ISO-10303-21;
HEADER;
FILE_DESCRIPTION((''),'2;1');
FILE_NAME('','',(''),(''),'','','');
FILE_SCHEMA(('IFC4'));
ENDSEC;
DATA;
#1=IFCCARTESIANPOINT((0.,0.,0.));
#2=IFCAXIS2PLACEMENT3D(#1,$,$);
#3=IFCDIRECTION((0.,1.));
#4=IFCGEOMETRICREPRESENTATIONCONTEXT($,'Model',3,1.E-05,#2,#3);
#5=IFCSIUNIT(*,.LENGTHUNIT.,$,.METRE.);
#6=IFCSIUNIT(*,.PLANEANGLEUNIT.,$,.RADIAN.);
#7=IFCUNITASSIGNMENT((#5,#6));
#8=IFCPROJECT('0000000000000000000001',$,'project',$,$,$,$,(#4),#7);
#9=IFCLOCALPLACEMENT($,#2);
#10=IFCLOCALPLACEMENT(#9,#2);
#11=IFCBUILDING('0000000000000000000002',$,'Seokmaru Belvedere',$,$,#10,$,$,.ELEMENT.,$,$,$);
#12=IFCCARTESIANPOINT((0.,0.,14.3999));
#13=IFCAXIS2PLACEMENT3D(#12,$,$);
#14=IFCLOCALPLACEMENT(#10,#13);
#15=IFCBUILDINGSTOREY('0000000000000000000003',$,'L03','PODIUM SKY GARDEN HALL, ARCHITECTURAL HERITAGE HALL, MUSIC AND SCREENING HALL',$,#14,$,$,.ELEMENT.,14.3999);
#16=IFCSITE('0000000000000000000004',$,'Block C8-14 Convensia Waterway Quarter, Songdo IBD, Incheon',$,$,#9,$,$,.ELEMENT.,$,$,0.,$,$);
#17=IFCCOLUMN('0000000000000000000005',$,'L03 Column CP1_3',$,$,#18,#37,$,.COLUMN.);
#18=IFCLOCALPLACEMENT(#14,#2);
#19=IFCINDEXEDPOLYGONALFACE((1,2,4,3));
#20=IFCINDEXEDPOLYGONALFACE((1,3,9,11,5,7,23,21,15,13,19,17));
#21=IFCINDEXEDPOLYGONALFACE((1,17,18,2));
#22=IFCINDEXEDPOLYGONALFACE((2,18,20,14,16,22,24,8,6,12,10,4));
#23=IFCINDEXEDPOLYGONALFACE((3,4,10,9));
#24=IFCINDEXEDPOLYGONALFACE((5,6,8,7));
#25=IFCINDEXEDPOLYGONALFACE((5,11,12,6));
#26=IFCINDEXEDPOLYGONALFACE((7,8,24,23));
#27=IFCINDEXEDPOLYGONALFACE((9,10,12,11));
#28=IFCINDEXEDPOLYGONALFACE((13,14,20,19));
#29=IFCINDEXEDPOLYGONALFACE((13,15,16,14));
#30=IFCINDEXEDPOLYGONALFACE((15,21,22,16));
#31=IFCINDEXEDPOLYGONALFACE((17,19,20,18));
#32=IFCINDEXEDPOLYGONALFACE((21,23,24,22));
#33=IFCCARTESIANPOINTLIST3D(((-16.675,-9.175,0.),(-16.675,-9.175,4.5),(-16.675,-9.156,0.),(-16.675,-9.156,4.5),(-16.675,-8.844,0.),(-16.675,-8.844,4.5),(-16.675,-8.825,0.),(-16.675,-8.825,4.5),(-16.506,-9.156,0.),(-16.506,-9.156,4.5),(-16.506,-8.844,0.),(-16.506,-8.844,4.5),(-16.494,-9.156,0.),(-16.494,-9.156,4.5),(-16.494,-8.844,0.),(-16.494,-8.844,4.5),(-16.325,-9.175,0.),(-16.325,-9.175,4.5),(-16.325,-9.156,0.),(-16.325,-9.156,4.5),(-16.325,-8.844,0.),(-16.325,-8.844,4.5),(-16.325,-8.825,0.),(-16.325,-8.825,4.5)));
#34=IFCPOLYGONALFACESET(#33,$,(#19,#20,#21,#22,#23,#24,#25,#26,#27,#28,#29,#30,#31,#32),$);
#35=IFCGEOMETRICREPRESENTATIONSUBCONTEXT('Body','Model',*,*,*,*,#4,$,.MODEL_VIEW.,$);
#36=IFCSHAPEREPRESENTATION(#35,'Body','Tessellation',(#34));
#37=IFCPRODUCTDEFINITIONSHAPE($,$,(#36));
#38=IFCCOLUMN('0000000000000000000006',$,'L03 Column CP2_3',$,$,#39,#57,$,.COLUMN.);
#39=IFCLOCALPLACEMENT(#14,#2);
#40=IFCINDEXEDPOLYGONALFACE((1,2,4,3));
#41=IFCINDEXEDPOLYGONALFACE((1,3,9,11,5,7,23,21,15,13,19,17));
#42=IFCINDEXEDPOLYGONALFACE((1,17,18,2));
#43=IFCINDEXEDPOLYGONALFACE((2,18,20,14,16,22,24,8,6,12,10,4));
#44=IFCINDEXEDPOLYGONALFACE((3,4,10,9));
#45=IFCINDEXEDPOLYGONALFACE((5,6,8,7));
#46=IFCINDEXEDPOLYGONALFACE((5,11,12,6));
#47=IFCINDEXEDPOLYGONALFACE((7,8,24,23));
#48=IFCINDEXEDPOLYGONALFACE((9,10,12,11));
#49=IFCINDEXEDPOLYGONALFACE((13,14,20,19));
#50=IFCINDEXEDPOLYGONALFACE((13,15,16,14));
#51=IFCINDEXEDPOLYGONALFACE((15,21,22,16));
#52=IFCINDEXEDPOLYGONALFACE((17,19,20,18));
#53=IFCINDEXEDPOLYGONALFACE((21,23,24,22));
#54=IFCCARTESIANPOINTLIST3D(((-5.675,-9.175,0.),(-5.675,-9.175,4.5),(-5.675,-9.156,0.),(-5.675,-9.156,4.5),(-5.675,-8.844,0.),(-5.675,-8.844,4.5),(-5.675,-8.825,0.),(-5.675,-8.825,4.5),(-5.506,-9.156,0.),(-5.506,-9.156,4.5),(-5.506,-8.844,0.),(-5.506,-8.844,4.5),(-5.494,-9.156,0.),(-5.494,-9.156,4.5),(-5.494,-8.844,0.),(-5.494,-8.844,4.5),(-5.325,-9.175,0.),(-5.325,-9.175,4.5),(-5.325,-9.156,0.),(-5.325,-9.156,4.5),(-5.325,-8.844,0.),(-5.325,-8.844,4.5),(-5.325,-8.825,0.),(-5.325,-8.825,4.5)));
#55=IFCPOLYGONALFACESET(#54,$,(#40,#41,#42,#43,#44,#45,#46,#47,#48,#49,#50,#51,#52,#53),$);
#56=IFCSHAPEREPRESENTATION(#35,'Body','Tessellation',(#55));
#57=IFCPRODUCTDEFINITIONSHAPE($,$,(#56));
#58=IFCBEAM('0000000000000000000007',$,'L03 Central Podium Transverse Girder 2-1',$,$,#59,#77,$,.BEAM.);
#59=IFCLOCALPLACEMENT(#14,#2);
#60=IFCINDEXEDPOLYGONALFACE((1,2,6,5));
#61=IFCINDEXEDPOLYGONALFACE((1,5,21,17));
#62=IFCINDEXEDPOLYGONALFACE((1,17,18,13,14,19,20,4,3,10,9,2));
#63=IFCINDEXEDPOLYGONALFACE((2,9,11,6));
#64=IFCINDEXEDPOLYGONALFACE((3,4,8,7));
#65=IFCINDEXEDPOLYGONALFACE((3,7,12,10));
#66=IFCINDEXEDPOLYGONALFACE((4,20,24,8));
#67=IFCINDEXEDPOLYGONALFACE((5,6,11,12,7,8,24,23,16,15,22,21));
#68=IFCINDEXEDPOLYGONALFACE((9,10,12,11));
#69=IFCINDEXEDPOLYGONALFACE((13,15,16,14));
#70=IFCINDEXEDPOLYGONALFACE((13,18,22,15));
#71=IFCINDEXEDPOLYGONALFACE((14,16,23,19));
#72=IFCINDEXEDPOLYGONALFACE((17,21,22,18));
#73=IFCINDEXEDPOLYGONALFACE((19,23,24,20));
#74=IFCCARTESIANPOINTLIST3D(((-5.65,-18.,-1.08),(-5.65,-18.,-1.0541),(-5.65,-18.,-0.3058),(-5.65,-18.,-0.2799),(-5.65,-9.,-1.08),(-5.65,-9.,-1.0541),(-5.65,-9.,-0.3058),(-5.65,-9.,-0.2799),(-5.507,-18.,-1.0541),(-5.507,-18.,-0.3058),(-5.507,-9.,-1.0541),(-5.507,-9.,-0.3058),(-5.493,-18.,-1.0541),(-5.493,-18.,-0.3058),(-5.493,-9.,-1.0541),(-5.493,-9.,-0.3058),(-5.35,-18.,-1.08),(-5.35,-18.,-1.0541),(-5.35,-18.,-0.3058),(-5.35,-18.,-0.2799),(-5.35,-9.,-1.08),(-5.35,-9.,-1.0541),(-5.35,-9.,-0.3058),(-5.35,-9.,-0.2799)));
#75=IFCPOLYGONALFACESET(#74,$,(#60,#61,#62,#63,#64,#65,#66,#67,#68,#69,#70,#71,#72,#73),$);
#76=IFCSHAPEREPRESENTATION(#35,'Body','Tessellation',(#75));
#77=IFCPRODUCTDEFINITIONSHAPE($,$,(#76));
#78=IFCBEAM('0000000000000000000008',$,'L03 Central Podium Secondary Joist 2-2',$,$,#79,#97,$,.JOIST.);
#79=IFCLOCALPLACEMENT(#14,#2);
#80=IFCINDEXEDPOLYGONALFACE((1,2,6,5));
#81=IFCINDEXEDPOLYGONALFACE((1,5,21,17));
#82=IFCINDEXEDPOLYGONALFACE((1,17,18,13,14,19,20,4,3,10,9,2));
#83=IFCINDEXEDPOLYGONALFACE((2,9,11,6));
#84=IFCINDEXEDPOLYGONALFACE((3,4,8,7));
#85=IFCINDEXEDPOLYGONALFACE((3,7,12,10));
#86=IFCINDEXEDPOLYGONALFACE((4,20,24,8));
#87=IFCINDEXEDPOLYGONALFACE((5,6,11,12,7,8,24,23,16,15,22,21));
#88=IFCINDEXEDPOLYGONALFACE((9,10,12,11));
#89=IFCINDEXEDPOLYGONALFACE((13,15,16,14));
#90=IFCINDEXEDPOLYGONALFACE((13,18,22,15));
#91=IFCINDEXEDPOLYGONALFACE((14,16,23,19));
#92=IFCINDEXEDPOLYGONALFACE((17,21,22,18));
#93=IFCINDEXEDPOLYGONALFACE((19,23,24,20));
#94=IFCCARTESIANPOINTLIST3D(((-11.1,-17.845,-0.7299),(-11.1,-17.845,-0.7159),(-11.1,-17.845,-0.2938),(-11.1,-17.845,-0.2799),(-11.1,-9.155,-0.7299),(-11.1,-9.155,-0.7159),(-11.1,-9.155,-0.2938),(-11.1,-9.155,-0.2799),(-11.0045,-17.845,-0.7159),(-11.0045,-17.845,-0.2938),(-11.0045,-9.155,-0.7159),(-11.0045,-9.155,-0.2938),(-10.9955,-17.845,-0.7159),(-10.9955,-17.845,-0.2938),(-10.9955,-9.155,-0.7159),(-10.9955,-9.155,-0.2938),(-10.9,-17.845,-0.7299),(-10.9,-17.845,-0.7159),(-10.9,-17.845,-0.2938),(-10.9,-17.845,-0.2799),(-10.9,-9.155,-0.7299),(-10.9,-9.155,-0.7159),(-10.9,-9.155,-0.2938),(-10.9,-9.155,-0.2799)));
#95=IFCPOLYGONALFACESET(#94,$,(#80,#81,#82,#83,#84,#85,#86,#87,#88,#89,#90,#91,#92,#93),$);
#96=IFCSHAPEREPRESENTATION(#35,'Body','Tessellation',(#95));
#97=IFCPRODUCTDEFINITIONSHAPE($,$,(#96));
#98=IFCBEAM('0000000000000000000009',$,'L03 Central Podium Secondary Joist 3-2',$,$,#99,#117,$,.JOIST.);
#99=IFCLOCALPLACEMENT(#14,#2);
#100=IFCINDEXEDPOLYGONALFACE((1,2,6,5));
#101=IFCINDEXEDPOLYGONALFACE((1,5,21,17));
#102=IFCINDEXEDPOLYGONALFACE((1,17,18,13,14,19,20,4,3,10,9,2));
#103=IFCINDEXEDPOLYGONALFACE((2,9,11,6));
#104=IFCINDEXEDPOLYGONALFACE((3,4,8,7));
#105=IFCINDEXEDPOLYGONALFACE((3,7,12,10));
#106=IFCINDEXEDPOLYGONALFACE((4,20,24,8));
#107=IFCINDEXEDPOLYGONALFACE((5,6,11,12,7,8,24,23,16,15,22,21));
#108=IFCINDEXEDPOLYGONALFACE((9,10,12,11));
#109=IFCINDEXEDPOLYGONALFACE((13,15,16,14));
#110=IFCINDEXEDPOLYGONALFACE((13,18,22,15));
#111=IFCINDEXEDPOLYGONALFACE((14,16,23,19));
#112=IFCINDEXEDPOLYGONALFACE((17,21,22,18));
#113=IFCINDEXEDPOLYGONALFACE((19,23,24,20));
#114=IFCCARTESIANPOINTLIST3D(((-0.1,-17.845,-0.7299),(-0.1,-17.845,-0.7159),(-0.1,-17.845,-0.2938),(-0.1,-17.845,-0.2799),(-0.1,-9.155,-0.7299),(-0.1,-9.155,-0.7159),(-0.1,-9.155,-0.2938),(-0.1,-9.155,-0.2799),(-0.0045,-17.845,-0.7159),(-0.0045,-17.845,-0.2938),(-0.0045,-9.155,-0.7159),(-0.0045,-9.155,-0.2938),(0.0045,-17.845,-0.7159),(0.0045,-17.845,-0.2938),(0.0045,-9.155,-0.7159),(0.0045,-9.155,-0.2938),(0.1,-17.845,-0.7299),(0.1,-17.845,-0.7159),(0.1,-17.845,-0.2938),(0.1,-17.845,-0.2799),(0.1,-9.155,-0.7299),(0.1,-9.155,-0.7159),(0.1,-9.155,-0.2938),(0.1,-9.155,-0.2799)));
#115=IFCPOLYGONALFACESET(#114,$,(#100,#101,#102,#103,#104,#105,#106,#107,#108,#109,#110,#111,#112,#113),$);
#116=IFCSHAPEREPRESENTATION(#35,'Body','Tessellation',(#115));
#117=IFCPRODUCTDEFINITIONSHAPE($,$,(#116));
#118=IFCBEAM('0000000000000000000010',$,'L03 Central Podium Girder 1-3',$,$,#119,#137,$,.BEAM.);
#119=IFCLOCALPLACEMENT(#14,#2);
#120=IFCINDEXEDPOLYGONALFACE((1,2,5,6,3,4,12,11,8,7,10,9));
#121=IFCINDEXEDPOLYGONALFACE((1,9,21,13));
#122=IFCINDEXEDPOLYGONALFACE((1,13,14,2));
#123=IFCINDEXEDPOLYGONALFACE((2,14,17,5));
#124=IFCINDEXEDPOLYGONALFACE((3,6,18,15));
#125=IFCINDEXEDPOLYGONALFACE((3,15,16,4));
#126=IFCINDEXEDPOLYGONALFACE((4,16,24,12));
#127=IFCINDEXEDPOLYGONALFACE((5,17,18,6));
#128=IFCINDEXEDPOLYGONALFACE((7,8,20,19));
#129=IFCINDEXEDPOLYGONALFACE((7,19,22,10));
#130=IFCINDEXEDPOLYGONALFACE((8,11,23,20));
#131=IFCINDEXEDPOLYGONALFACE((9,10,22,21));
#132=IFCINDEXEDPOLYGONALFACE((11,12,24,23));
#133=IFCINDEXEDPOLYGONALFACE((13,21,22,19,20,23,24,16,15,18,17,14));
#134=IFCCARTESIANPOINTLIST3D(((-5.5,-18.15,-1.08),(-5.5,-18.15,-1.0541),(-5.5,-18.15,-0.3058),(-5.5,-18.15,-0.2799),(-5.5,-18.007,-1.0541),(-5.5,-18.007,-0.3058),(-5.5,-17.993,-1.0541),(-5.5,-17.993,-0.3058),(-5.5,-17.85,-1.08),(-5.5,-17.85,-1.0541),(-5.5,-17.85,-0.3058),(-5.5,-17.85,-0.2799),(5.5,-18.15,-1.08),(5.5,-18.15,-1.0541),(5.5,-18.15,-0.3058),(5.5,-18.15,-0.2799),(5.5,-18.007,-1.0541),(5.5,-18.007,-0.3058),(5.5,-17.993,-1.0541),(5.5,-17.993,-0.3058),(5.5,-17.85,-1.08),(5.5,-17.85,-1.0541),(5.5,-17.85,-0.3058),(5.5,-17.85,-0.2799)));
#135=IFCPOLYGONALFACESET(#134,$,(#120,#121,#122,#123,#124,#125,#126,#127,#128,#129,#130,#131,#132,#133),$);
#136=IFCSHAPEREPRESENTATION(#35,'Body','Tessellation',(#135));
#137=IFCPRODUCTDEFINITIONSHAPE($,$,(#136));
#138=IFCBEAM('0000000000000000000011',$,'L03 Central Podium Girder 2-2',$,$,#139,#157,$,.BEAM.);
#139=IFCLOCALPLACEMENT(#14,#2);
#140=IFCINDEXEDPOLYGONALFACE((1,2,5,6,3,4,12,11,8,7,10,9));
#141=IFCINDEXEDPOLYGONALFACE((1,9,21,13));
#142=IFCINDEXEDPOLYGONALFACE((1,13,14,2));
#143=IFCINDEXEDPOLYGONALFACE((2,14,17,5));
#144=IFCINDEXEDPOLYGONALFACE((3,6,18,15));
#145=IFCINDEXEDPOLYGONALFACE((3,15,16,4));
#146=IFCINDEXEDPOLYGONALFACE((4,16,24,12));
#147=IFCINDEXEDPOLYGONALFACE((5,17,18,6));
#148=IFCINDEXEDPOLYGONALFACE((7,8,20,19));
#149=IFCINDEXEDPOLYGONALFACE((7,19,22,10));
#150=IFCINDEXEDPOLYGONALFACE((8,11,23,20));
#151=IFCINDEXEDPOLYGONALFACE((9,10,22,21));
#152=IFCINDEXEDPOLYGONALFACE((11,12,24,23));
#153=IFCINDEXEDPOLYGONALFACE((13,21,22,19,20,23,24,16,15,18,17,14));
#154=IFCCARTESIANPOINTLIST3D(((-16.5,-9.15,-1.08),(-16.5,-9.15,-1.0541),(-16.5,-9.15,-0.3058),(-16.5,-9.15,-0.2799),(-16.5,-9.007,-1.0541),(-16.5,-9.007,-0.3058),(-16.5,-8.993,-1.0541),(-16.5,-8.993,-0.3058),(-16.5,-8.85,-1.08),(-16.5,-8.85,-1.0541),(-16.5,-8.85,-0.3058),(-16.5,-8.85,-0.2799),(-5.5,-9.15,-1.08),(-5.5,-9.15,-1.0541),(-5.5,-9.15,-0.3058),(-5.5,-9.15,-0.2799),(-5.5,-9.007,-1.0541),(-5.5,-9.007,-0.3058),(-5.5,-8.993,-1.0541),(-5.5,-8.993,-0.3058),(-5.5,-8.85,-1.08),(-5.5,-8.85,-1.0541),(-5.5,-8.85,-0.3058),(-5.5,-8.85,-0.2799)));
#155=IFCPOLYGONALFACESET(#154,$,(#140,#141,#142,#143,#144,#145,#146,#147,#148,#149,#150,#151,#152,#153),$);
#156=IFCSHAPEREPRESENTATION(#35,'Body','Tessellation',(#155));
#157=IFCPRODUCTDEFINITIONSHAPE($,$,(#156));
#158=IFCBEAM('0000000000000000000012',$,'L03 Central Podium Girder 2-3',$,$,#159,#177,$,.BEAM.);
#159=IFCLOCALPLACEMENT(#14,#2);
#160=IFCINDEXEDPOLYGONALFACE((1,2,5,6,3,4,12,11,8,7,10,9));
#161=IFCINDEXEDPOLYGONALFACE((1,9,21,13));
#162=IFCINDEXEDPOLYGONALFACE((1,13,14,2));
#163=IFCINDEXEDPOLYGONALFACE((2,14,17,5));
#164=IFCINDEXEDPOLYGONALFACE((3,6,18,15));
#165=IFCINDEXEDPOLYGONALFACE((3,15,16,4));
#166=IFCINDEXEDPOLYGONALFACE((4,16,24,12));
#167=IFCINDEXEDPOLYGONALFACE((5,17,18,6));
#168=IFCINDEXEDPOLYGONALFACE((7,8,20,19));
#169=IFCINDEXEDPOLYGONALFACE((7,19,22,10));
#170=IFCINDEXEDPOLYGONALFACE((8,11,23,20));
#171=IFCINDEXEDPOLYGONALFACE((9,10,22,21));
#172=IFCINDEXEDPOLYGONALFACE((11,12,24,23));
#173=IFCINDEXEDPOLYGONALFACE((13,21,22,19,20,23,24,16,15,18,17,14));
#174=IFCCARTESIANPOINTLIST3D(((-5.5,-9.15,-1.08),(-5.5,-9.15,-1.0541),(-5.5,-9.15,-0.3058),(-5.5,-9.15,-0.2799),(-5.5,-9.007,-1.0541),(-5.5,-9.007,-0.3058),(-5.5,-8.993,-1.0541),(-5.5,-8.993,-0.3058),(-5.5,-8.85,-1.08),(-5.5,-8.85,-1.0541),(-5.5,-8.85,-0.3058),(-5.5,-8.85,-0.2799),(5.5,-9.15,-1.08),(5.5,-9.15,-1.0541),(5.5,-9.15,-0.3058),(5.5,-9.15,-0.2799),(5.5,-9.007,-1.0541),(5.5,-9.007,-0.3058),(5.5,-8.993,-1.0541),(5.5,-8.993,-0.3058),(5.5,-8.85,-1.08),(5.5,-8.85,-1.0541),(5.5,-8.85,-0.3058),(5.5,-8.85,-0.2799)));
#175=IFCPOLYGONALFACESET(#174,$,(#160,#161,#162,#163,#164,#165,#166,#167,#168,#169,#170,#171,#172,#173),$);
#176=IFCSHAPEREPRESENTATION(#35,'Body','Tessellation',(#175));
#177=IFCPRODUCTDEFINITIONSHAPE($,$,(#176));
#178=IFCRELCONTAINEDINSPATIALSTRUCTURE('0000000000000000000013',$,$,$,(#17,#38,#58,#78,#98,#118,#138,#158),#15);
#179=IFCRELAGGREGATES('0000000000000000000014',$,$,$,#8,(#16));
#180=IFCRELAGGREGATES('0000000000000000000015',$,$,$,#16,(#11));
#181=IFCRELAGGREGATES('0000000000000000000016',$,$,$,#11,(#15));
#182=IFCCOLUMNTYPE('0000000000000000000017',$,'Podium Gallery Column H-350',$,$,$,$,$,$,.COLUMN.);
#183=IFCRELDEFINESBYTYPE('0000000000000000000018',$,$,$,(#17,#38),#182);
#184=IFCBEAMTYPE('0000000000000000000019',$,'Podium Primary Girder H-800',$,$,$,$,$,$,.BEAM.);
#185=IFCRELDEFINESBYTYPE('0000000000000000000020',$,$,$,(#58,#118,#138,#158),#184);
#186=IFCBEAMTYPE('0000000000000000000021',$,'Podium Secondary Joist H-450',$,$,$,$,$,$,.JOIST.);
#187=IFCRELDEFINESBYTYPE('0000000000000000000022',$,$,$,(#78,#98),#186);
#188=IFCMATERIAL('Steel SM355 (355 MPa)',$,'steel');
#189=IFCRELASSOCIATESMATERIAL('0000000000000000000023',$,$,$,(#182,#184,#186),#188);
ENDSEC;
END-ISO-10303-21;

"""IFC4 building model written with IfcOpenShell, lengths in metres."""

from ifc_helpers import new_model, si_unit, direction, frame, origin, origin_2d, place, context, subcontext, project, spatial, i_section, extrude, source, transform, mapped, material, material_profile, profile_set, type_object, type_shapes, element, save


model = new_model("IFC4")

# Units and contexts
model_context = context("Model", 3, precision=1e-05, world=origin(), true_north=direction((0.0, 1.0)))
body_context = subcontext(model_context, "Body", "Model", "MODEL_VIEW")
ifc_project = project(units=[si_unit("LENGTHUNIT", "METRE"), si_unit("PLANEANGLEUNIT", "RADIAN")], contexts=[model_context])

# Site, building, storey
site_placement = place(None, origin())
site = spatial("IfcSite", under=ifc_project, at=site_placement, Name="Block C8-14 Convensia Waterway Quarter, Songdo IBD, Incheon", CompositionType="ELEMENT", RefElevation=0.0)
building_placement = place(site_placement, origin())
building = spatial("IfcBuilding", under=site, at=building_placement, Name="Seokmaru Belvedere", CompositionType="ELEMENT")
storey_placement = place(building_placement, frame((0.0, 0.0, 14.3999)))
storey = spatial("IfcBuildingStorey", under=building, at=storey_placement, Name="L03", Description="PODIUM SKY GARDEN HALL, ARCHITECTURAL HERITAGE HALL, MUSIC AND SCREENING HALL", CompositionType="ELEMENT", Elevation=14.3999)

# Columns
ifc_material_1 = material(Name="Steel SM355 (355 MPa)", Category="steel")
ifc_material_profile_1 = material_profile(ifc_material_1, i_section(OverallWidth=0.3501, OverallDepth=0.3501, WebThickness=0.012, FlangeThickness=0.019, at=origin_2d()), Name="H-350x350x12x19")
ifc_profile_set_1 = profile_set([ifc_material_profile_1], Name="Steel SM355 (355 MPa)")
column_type = type_object("IfcColumnType", Name="Podium Gallery Column H-350", PredefinedType="COLUMN", material=ifc_profile_set_1)
shared_shape_1 = source(origin(), body_context, "Body", "SweptSolid", [
    extrude(i_section(OverallWidth=0.3501, OverallDepth=0.3501, WebThickness=0.012, FlangeThickness=0.019, at=origin_2d()), origin(), (0.0, 0.0, 1.0), 4.5),
])
type_shapes(column_type, [shared_shape_1])
for number, where, z_axis, x_axis, name in (
    (1, (-16.5, -9.0, 0.0), (0.0, 0.0, 1.0), (1.0, 0.0, 0.0), "L03 Column CP1_3"),
    (2, (-5.5, -9.0, 0.0), (0.0, 0.0, 1.0), (1.0, 0.0, 0.0), "L03 Column CP2_3"),
):
    element("IfcColumn", number, at=place(storey_placement, frame(where, z_axis=z_axis, x_axis=x_axis)), inside=storey, type_object=column_type, Name=name, PredefinedType="COLUMN", context=body_context, shape_type="MappedRepresentation", body=[
        mapped(shared_shape_1, transform((0.0, 0.0, 0.0), scale=1.0)),
    ])

# Beams
ifc_material_profile_2 = material_profile(ifc_material_1, i_section(OverallWidth=0.3, OverallDepth=0.8, WebThickness=0.0139, FlangeThickness=0.0259, at=origin_2d()), Name="H-800x300x14x26")
ifc_profile_set_2 = profile_set([ifc_material_profile_2], Name="Steel SM355 (355 MPa)")
beam_type_1 = type_object("IfcBeamType", Name="Podium Primary Girder H-800", PredefinedType="BEAM", material=ifc_profile_set_2)
shared_shape_2 = source(origin(), body_context, "Body", "SweptSolid", [
    extrude(i_section(OverallWidth=0.3, OverallDepth=0.8, WebThickness=0.0139, FlangeThickness=0.0259, at=origin_2d()), origin(), (0.0, 0.0, 1.0), 9.0),
])
beam_1_placement = place(storey_placement, frame((-5.5, -18.0, -0.6799), z_axis=(0.0, 1.0, 0.0), x_axis=(-1.0, 0.0, 0.0)))
element("IfcBeam", 3, at=beam_1_placement, inside=storey, type_object=beam_type_1, Name="L03 Central Podium Transverse Girder 2-1", PredefinedType="BEAM", context=body_context, shape_type="MappedRepresentation", body=[
    mapped(shared_shape_2, transform((0.0, 0.0, 0.0), scale=1.0)),
])
ifc_material_profile_3 = material_profile(ifc_material_1, i_section(OverallWidth=0.2, OverallDepth=0.45, WebThickness=0.009, FlangeThickness=0.0139, at=origin_2d()), Name="H-450x200x9x14")
ifc_profile_set_3 = profile_set([ifc_material_profile_3], Name="Steel SM355 (355 MPa)")
beam_type_2 = type_object("IfcBeamType", Name="Podium Secondary Joist H-450", PredefinedType="JOIST", material=ifc_profile_set_3)
shared_shape_3 = source(origin(), body_context, "Body", "SweptSolid", [
    extrude(i_section(OverallWidth=0.2, OverallDepth=0.45, WebThickness=0.009, FlangeThickness=0.0139, at=origin_2d()), origin(), (0.0, 0.0, 1.0), 8.6899),
])
type_shapes(beam_type_2, [shared_shape_3])
for number, where, z_axis, x_axis, name in (
    (4, (-11.0, -17.845, -0.5049), (0.0, 1.0, 0.0), (-1.0, 0.0, 0.0), "L03 Central Podium Secondary Joist 2-2"),
    (5, (0.0, -17.845, -0.5049), (0.0, 1.0, 0.0), (-1.0, 0.0, 0.0), "L03 Central Podium Secondary Joist 3-2"),
):
    element("IfcBeam", number, at=place(storey_placement, frame(where, z_axis=z_axis, x_axis=x_axis)), inside=storey, type_object=beam_type_2, Name=name, PredefinedType="JOIST", context=body_context, shape_type="MappedRepresentation", body=[
        mapped(shared_shape_3, transform((0.0, 0.0, 0.0), scale=1.0)),
    ])
shared_shape_4 = source(origin(), body_context, "Body", "SweptSolid", [
    extrude(i_section(OverallWidth=0.3, OverallDepth=0.8, WebThickness=0.0139, FlangeThickness=0.0259, at=origin_2d()), origin(), (0.0, 0.0, 1.0), 11.0),
])
type_shapes(beam_type_1, [shared_shape_2, shared_shape_4])
for number, where, z_axis, x_axis, name in (
    (6, (-5.5, -18.0, -0.6799), (1.0, 0.0, 0.0), (0.0, 1.0, 0.0), "L03 Central Podium Girder 1-3"),
    (7, (-16.5, -9.0, -0.6799), (1.0, 0.0, 0.0), (0.0, 1.0, 0.0), "L03 Central Podium Girder 2-2"),
    (8, (-5.5, -9.0, -0.6799), (1.0, 0.0, 0.0), (0.0, 1.0, 0.0), "L03 Central Podium Girder 2-3"),
):
    element("IfcBeam", number, at=place(storey_placement, frame(where, z_axis=z_axis, x_axis=x_axis)), inside=storey, type_object=beam_type_1, Name=name, PredefinedType="BEAM", context=body_context, shape_type="MappedRepresentation", body=[
        mapped(shared_shape_4, transform((0.0, 0.0, 0.0), scale=1.0)),
    ])

save(model, "model.ifc")
